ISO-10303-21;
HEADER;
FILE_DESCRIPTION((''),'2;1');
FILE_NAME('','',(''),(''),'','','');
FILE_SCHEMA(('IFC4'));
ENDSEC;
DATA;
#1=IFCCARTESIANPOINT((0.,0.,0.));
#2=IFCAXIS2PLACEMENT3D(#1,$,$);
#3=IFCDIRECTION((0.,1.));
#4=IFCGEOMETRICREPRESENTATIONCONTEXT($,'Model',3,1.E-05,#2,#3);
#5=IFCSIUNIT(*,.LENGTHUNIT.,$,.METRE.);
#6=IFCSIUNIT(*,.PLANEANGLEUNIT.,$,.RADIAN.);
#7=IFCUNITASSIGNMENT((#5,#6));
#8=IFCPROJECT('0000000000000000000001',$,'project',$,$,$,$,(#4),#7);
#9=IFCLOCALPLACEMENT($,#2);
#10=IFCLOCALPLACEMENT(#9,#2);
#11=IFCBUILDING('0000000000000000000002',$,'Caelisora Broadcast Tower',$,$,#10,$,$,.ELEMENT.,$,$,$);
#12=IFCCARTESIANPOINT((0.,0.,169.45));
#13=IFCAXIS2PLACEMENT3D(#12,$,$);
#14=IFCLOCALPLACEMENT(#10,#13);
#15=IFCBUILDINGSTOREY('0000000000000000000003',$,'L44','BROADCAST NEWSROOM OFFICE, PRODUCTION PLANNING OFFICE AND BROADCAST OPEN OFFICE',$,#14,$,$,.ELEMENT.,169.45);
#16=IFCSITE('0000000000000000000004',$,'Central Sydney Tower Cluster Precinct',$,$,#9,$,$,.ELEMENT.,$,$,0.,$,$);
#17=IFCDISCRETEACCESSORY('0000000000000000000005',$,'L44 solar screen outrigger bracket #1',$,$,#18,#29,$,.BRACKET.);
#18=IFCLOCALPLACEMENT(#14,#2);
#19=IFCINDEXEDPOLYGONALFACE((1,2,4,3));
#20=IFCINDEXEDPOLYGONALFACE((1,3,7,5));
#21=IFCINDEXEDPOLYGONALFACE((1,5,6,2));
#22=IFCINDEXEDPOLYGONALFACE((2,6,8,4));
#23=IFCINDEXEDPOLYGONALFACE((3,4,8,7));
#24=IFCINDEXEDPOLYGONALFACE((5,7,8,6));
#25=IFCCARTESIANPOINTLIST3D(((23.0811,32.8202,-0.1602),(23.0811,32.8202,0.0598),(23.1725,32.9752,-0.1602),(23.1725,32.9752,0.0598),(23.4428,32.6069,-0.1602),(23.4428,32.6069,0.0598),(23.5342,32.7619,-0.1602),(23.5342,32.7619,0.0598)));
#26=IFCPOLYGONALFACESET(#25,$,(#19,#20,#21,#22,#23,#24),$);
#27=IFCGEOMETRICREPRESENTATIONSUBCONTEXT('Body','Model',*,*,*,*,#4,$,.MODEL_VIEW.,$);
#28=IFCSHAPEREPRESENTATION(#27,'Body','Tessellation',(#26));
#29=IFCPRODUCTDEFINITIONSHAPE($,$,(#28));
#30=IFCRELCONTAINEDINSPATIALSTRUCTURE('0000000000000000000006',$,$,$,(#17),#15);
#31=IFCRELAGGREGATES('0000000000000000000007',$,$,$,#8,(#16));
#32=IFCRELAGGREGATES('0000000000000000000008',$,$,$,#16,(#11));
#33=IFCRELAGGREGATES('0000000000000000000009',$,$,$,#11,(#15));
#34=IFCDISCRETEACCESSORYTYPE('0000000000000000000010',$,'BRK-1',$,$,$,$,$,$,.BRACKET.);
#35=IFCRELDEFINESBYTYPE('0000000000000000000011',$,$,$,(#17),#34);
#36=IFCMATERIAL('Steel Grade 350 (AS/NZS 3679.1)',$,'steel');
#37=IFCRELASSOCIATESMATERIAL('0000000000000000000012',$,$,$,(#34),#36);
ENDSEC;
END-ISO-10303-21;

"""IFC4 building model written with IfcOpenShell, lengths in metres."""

from ifc_helpers import new_model, si_unit, direction, frame, origin, origin_2d, place, context, subcontext, project, spatial, rectangle, extrude, source, transform, mapped, material, type_object, type_shapes, element, save


model = new_model("IFC4")

# Units and contexts
model_context = context("Model", 3, precision=1e-05, world=origin(), true_north=direction((0.0, 1.0)))
body_context = subcontext(model_context, "Body", "Model", "MODEL_VIEW")
ifc_project = project(units=[si_unit("LENGTHUNIT", "METRE"), si_unit("PLANEANGLEUNIT", "RADIAN")], contexts=[model_context])

# Site, building, storey
site_placement = place(None, origin())
site = spatial("IfcSite", under=ifc_project, at=site_placement, Name="Central Sydney Tower Cluster Precinct", CompositionType="ELEMENT", RefElevation=0.0)
building_placement = place(site_placement, origin())
building = spatial("IfcBuilding", under=site, at=building_placement, Name="Caelisora Broadcast Tower", CompositionType="ELEMENT")
storey_placement = place(building_placement, frame((0.0, 0.0, 169.45)))
storey = spatial("IfcBuildingStorey", under=building, at=storey_placement, Name="L44", Description="BROADCAST NEWSROOM OFFICE, PRODUCTION PLANNING OFFICE AND BROADCAST OPEN OFFICE", CompositionType="ELEMENT", Elevation=169.45)

# Shared definitions
ifc_material_1 = material(Name="Steel Grade 350 (AS/NZS 3679.1)", Category="steel")

# Discrete accessory
discrete_accessory_type = type_object("IfcDiscreteAccessoryType", Name="BRK-1", PredefinedType="BRACKET", material=ifc_material_1)
shared_shape_1 = source(origin(), body_context, "Body", "SweptSolid", [
    extrude(rectangle(XDim=0.1799, YDim=0.4199, at=origin_2d()), origin(), (0.0, 0.0, 1.0), 0.22),
])
type_shapes(discrete_accessory_type, [shared_shape_1])
discrete_accessory_placement = place(storey_placement, frame((23.3076, 32.791, -0.1602), z_axis=(0.0, 0.0, 1.0), x_axis=(-0.507989, -0.861363, 0.0)))
element("IfcDiscreteAccessory", 1, at=discrete_accessory_placement, inside=storey, type_object=discrete_accessory_type, Name="L44 solar screen outrigger bracket #1", PredefinedType="BRACKET", context=body_context, shape_type="MappedRepresentation", body=[
    mapped(shared_shape_1, transform((0.0, 0.0, 0.0), scale=1.0)),
])

save(model, "model.ifc")
